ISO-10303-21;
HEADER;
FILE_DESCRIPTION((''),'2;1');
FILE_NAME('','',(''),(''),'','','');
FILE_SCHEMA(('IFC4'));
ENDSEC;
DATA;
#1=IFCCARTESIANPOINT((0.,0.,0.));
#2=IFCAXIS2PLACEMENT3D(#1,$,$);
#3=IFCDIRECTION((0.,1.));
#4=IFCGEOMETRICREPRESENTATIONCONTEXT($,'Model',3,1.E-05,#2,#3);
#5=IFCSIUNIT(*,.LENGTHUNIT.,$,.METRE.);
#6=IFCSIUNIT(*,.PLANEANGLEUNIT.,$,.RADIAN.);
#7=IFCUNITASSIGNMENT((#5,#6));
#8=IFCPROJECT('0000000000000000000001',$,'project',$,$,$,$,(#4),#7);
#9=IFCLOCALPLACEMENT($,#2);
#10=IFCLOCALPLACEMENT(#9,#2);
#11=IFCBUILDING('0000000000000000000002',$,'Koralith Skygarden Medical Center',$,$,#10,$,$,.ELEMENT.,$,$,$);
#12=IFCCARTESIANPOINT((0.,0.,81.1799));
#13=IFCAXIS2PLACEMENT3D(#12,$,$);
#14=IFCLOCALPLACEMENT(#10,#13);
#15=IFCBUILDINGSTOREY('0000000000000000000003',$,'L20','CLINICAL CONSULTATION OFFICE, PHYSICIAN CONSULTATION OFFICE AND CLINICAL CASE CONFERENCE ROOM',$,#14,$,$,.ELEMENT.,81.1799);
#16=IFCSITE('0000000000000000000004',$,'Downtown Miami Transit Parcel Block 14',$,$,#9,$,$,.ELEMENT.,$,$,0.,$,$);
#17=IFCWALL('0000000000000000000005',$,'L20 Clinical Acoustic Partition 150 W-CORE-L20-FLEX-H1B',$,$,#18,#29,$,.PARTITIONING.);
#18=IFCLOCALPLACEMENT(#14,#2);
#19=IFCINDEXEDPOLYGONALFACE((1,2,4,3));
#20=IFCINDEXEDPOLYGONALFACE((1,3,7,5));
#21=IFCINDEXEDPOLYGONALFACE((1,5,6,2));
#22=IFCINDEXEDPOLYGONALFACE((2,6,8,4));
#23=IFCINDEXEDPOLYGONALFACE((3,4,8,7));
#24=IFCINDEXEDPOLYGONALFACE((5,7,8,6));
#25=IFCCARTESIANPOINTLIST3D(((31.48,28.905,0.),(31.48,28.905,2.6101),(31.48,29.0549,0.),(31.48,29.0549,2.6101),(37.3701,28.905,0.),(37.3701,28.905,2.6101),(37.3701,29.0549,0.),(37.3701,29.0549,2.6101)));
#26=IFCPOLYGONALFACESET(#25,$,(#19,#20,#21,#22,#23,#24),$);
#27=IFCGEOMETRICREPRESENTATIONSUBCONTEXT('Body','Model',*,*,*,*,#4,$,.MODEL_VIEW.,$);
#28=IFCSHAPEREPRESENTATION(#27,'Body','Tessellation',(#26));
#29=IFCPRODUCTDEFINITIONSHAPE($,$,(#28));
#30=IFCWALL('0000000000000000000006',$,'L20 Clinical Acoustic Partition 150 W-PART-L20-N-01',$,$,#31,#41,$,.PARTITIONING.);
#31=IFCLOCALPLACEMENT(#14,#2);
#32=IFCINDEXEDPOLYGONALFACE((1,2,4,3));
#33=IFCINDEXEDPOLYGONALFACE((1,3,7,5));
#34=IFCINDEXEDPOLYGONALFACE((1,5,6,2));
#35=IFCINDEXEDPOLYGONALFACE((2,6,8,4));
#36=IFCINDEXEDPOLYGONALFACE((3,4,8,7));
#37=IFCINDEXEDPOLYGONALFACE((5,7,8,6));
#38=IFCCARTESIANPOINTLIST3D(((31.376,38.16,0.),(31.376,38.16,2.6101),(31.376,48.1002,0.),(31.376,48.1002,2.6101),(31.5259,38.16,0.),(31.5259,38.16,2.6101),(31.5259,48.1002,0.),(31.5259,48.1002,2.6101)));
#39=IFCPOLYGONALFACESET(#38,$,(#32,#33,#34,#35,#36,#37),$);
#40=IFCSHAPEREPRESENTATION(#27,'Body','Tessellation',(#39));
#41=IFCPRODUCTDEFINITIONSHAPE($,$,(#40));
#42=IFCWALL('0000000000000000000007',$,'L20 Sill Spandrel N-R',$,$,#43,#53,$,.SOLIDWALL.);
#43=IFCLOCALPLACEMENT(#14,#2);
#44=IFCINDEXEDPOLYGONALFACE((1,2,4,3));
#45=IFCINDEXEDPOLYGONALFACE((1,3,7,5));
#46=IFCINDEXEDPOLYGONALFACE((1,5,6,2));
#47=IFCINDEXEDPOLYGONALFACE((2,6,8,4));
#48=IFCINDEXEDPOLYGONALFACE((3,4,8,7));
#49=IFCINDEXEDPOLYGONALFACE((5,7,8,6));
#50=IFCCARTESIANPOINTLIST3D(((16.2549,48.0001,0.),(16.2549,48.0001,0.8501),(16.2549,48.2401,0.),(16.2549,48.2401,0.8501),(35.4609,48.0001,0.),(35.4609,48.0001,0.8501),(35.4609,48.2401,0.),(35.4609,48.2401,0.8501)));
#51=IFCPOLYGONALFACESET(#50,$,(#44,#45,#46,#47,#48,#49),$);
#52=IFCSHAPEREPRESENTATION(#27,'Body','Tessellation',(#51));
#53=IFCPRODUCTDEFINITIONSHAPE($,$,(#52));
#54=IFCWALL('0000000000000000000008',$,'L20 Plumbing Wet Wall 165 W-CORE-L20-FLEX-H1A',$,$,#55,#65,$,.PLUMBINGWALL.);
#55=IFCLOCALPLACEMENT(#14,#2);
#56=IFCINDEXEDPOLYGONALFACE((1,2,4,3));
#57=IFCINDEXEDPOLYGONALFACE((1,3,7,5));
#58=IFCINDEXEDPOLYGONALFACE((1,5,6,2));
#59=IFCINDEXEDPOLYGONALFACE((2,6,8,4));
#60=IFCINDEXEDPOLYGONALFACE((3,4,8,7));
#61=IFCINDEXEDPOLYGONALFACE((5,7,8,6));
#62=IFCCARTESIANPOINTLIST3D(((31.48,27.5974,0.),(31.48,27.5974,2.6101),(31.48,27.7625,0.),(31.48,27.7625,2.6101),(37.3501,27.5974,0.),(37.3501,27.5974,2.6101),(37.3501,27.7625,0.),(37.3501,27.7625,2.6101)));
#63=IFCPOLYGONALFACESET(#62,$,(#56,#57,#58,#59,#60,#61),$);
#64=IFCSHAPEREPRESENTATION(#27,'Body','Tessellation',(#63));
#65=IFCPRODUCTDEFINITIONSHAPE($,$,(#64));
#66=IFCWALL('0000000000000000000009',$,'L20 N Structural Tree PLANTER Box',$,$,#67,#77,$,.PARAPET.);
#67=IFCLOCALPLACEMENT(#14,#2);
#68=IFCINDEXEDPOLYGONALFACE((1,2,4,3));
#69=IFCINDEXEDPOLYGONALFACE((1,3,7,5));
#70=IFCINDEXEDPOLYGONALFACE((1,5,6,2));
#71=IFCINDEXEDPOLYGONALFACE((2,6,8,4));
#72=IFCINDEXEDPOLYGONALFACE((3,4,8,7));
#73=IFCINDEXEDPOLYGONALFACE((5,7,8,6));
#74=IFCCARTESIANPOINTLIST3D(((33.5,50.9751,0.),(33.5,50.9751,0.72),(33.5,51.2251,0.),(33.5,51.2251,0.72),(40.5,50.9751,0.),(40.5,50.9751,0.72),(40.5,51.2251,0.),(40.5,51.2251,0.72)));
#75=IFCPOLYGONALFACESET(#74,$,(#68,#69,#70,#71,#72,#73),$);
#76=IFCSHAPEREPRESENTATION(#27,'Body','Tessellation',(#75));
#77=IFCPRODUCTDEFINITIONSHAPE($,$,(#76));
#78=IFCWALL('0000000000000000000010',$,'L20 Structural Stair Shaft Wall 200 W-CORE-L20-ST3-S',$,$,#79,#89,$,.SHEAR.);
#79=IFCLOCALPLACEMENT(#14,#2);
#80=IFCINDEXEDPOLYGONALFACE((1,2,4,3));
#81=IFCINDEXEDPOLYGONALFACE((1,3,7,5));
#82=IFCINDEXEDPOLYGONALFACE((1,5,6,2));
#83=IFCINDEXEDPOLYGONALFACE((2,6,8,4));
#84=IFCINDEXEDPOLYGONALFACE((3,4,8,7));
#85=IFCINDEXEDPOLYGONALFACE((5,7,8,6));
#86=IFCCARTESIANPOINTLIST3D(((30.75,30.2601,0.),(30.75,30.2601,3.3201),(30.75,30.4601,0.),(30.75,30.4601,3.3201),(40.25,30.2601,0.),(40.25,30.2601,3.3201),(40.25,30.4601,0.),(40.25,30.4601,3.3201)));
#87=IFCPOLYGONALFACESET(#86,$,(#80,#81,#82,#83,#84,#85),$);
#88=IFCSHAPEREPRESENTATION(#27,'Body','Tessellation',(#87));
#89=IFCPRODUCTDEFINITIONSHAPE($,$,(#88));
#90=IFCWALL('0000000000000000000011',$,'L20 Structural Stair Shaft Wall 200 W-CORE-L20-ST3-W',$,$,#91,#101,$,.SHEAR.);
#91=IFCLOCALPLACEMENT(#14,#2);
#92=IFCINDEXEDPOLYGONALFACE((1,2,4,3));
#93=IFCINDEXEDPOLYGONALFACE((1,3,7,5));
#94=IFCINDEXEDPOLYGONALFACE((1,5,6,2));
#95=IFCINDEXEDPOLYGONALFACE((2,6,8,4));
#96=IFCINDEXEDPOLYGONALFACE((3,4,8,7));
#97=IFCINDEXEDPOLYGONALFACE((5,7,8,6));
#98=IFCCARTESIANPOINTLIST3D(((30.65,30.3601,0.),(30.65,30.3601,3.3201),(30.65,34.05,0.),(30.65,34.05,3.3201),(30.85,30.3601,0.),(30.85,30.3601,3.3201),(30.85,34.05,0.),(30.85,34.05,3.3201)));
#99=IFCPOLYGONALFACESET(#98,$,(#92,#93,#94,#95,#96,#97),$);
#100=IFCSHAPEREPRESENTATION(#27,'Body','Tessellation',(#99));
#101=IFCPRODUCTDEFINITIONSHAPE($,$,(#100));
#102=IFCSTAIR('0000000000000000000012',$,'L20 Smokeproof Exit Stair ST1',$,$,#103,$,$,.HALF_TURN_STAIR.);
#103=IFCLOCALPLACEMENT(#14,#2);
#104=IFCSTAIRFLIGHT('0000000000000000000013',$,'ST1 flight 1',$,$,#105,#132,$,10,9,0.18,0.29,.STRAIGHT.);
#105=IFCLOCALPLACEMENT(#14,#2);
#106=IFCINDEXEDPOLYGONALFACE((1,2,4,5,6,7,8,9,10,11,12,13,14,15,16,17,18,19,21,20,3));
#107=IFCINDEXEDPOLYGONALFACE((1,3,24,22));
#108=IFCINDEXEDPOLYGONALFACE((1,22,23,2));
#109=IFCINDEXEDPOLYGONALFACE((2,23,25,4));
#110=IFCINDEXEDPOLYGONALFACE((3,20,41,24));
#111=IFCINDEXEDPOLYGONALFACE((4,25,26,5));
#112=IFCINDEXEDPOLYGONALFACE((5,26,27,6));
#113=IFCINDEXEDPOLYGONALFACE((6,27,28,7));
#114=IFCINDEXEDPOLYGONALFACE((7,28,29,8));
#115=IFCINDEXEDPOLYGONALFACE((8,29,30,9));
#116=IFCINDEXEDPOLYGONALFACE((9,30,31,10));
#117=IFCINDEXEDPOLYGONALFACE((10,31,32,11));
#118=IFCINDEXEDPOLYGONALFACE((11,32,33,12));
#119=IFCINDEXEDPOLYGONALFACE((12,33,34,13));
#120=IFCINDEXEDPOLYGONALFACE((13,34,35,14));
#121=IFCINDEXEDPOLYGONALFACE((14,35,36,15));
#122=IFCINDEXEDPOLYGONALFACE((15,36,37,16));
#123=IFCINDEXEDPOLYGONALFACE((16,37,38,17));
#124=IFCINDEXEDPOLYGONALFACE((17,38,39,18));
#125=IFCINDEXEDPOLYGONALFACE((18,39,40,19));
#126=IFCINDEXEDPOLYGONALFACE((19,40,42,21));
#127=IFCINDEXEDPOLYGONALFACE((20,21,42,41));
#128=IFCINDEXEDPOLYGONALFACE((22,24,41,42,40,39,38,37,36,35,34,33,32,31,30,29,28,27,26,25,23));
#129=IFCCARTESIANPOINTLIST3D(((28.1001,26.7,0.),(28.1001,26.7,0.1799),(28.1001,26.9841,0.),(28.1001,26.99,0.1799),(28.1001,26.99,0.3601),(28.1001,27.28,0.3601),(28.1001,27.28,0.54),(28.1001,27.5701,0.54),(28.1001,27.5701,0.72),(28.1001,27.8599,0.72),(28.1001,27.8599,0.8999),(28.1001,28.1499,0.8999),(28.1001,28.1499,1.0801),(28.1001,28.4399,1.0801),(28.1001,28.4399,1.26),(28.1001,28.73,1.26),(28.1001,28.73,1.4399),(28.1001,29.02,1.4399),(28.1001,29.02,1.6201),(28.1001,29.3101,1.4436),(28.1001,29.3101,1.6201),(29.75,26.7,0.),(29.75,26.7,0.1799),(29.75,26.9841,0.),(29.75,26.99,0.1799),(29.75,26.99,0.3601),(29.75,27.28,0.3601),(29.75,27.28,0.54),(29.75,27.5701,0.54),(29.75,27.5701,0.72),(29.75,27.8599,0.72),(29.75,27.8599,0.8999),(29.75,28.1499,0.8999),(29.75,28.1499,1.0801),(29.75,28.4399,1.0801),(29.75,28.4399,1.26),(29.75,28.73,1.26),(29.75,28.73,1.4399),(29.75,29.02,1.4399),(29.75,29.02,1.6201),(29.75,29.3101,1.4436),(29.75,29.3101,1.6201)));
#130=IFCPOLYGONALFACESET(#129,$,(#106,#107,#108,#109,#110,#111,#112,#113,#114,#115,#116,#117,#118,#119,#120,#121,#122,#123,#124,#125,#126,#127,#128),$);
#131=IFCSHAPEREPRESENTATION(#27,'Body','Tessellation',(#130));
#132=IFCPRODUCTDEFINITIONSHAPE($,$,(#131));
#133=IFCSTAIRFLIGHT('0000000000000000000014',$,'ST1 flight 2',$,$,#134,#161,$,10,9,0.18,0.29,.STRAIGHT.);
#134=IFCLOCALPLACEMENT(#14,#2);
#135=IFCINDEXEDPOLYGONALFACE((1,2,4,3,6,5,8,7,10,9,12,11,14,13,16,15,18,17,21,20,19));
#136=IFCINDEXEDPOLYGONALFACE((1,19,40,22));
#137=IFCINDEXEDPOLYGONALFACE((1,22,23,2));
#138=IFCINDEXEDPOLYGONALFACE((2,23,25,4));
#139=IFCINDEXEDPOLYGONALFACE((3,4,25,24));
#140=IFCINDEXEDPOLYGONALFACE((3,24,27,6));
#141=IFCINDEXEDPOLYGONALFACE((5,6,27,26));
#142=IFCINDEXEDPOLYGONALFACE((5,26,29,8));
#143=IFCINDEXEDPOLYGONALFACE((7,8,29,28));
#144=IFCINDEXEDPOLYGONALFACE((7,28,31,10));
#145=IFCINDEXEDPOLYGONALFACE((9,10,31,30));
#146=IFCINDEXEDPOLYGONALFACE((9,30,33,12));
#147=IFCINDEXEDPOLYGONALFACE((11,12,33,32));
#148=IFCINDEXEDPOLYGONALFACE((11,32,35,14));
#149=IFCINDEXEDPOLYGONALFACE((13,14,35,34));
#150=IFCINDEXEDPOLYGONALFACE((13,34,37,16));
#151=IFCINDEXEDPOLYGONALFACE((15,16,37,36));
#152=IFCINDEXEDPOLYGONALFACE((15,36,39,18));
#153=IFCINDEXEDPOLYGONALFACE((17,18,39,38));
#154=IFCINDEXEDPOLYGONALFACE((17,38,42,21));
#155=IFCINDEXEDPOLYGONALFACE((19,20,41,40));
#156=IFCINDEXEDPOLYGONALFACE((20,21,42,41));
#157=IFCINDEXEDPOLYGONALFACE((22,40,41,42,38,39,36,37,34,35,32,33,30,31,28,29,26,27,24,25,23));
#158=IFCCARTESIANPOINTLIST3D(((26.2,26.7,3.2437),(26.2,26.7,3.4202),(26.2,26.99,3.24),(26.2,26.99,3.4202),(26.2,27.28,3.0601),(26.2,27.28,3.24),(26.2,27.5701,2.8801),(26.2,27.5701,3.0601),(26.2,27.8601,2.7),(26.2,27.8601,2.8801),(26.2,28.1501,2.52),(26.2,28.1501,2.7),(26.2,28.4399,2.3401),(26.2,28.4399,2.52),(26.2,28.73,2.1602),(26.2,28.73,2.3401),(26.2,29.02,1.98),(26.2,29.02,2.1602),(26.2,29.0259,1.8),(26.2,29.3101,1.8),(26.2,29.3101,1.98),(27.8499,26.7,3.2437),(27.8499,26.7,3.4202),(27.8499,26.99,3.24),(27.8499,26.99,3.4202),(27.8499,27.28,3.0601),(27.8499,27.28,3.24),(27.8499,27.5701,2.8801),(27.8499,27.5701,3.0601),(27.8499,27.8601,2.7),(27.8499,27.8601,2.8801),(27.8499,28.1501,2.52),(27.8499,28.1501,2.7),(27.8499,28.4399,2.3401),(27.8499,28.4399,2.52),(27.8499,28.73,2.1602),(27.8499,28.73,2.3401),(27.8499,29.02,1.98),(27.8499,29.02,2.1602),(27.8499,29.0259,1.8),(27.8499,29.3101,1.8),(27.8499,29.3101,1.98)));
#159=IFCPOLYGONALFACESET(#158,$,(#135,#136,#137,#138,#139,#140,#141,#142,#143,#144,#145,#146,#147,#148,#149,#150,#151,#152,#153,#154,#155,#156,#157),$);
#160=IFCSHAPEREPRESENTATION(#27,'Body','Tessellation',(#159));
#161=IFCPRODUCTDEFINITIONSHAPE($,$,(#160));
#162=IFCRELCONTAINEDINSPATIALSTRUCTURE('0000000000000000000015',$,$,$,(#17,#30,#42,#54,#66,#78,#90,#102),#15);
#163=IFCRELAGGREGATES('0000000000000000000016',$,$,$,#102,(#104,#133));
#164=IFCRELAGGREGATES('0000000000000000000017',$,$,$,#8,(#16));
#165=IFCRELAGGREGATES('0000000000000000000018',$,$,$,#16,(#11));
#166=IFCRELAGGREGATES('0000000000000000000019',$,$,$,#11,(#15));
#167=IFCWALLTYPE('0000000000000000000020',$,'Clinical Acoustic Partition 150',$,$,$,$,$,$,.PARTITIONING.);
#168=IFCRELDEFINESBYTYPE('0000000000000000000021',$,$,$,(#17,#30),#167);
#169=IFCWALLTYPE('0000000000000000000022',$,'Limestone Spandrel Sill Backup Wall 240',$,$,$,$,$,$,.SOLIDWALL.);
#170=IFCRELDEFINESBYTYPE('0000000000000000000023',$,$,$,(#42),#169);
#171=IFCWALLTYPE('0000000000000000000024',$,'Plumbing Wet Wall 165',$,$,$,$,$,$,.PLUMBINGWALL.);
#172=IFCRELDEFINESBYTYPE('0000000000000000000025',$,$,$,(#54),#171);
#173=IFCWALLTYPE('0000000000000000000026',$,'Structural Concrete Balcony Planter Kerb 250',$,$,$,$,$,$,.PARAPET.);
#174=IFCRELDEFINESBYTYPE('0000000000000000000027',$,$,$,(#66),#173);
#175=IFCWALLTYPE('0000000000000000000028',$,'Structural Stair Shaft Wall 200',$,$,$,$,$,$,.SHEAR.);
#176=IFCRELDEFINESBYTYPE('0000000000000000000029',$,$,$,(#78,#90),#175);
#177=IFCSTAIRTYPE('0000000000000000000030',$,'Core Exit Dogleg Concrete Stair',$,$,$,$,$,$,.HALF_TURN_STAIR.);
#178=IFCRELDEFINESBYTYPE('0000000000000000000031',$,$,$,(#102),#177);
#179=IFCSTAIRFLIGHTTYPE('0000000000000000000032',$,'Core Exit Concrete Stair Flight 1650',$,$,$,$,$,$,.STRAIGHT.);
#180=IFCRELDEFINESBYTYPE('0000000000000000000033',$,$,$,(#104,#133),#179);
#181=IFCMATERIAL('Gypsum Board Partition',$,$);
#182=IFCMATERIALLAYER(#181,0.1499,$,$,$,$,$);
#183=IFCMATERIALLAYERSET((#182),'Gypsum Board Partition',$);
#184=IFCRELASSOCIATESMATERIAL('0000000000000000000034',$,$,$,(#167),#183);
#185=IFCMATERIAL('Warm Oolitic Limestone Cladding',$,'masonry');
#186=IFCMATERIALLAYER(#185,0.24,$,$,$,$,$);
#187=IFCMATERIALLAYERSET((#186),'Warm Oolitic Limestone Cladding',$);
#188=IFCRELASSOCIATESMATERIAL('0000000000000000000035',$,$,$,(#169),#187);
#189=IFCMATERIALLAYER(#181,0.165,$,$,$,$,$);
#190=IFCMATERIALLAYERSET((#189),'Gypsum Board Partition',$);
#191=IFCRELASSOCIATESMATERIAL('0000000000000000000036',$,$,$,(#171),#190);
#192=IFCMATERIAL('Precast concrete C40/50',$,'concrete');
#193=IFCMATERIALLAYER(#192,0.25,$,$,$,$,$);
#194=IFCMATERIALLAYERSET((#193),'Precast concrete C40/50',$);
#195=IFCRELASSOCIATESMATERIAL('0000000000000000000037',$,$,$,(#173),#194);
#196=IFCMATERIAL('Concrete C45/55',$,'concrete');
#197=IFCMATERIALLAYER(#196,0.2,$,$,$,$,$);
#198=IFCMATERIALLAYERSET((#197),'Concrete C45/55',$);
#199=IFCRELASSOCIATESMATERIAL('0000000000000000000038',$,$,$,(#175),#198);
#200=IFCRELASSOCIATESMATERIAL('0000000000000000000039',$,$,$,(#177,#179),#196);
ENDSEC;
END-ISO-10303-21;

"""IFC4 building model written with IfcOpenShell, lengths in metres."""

from ifc_helpers import new_model, si_unit, direction, frame, frame_2d, origin, place, context, subcontext, project, spatial, polyline, rectangle, outline, extrude, material, layer, layer_set, type_object, element, aggregate, save


model = new_model("IFC4")

# Units and contexts
model_context = context("Model", 3, precision=1e-05, world=origin(), true_north=direction((0.0, 1.0)))
body_context = subcontext(model_context, "Body", "Model", "MODEL_VIEW")
ifc_project = project(units=[si_unit("LENGTHUNIT", "METRE"), si_unit("PLANEANGLEUNIT", "RADIAN")], contexts=[model_context])

# Site, building, storey
site_placement = place(None, origin())
site = spatial("IfcSite", under=ifc_project, at=site_placement, Name="Downtown Miami Transit Parcel Block 14", CompositionType="ELEMENT", RefElevation=0.0)
building_placement = place(site_placement, origin())
building = spatial("IfcBuilding", under=site, at=building_placement, Name="Koralith Skygarden Medical Center", CompositionType="ELEMENT")
storey_placement = place(building_placement, frame((0.0, 0.0, 81.1799)))
storey = spatial("IfcBuildingStorey", under=building, at=storey_placement, Name="L20", Description="CLINICAL CONSULTATION OFFICE, PHYSICIAN CONSULTATION OFFICE AND CLINICAL CASE CONFERENCE ROOM", CompositionType="ELEMENT", Elevation=81.1799)

# Shared definitions
ifc_material_1 = material(Name="Concrete C45/55", Category="concrete")

# Walls
ifc_material_2 = material(Name="Gypsum Board Partition")
ifc_layer_1 = layer(ifc_material_2, 0.1499)
ifc_layer_set_1 = layer_set([ifc_layer_1], Name="Gypsum Board Partition")
wall_type_1 = type_object("IfcWallType", Name="Clinical Acoustic Partition 150", PredefinedType="PARTITIONING", material=ifc_layer_set_1)
wall_1_placement = place(storey_placement, frame((31.48, 28.98, 0.0), z_axis=(0.0, 0.0, 1.0), x_axis=(1.0, 0.0, 0.0)))
element("IfcWall", 1, at=wall_1_placement, inside=storey, type_object=wall_type_1, Name="L20 Clinical Acoustic Partition 150 W-CORE-L20-FLEX-H1B", PredefinedType="PARTITIONING", context=body_context, shape_type="SweptSolid", body=[
    extrude(rectangle(XDim=5.8901, YDim=0.1499, at=frame_2d((2.9451, 0.0))), origin(), (0.0, 0.0, 1.0), 2.6101),
])
wall_2_placement = place(storey_placement, frame((31.4509, 38.1599, 0.0), z_axis=(0.0, 0.0, 1.0), x_axis=(0.0, 1.0, 0.0)))
element("IfcWall", 2, at=wall_2_placement, inside=storey, type_object=wall_type_1, Name="L20 Clinical Acoustic Partition 150 W-PART-L20-N-01", PredefinedType="PARTITIONING", context=body_context, shape_type="SweptSolid", body=[
    extrude(rectangle(XDim=9.9402, YDim=0.1499, at=frame_2d((4.9702, 0.0))), origin(), (0.0, 0.0, 1.0), 2.6101),
])

# Walls
ifc_material_3 = material(Name="Warm Oolitic Limestone Cladding", Category="masonry")
ifc_layer_2 = layer(ifc_material_3, 0.24)
ifc_layer_set_2 = layer_set([ifc_layer_2], Name="Warm Oolitic Limestone Cladding")
wall_type_2 = type_object("IfcWallType", Name="Limestone Spandrel Sill Backup Wall 240", PredefinedType="SOLIDWALL", material=ifc_layer_set_2)
wall_3_placement = place(storey_placement, frame((35.4609, 48.1201, 0.0), z_axis=(0.0, 0.0, 1.0), x_axis=(-1.0, 0.0, 0.0)))
element("IfcWall", 3, at=wall_3_placement, inside=storey, type_object=wall_type_2, Name="L20 Sill Spandrel N-R", PredefinedType="SOLIDWALL", context=body_context, shape_type="SweptSolid", body=[
    extrude(rectangle(XDim=19.2061, YDim=0.24, at=frame_2d((9.603, 0.0))), origin(), (0.0, 0.0, 1.0), 0.8501),
])
ifc_layer_3 = layer(ifc_material_2, 0.165)
ifc_layer_set_3 = layer_set([ifc_layer_3], Name="Gypsum Board Partition")
wall_type_3 = type_object("IfcWallType", Name="Plumbing Wet Wall 165", PredefinedType="PLUMBINGWALL", material=ifc_layer_set_3)
wall_4_placement = place(storey_placement, frame((31.48, 27.6799, 0.0), z_axis=(0.0, 0.0, 1.0), x_axis=(1.0, 0.0, 0.0)))
element("IfcWall", 4, at=wall_4_placement, inside=storey, type_object=wall_type_3, Name="L20 Plumbing Wet Wall 165 W-CORE-L20-FLEX-H1A", PredefinedType="PLUMBINGWALL", context=body_context, shape_type="SweptSolid", body=[
    extrude(rectangle(XDim=5.8701, YDim=0.165, at=frame_2d((2.9351, 0.0))), origin(), (0.0, 0.0, 1.0), 2.6101),
])
ifc_material_4 = material(Name="Precast concrete C40/50", Category="concrete")
ifc_layer_4 = layer(ifc_material_4, 0.25)
ifc_layer_set_4 = layer_set([ifc_layer_4], Name="Precast concrete C40/50")
wall_type_4 = type_object("IfcWallType", Name="Structural Concrete Balcony Planter Kerb 250", PredefinedType="PARAPET", material=ifc_layer_set_4)
wall_5_placement = place(storey_placement, frame((33.5, 51.1001, 0.0), z_axis=(0.0, 0.0, 1.0), x_axis=(1.0, 0.0, 0.0)))
element("IfcWall", 5, at=wall_5_placement, inside=storey, type_object=wall_type_4, Name="L20 N Structural Tree PLANTER Box", PredefinedType="PARAPET", context=body_context, shape_type="SweptSolid", body=[
    extrude(rectangle(XDim=7.0, YDim=0.25, at=frame_2d((3.5, 0.0))), origin(), (0.0, 0.0, 1.0), 0.72),
])
ifc_layer_5 = layer(ifc_material_1, 0.2)
ifc_layer_set_5 = layer_set([ifc_layer_5], Name="Concrete C45/55")
wall_type_5 = type_object("IfcWallType", Name="Structural Stair Shaft Wall 200", PredefinedType="SHEAR", material=ifc_layer_set_5)
wall_6_placement = place(storey_placement, frame((30.75, 30.3601, 0.0), z_axis=(0.0, 0.0, 1.0), x_axis=(1.0, 0.0, 0.0)))
element("IfcWall", 6, at=wall_6_placement, inside=storey, type_object=wall_type_5, Name="L20 Structural Stair Shaft Wall 200 W-CORE-L20-ST3-S", PredefinedType="SHEAR", context=body_context, shape_type="SweptSolid", body=[
    extrude(rectangle(XDim=9.5, YDim=0.2, at=frame_2d((4.75, 0.0))), origin(), (0.0, 0.0, 1.0), 3.3201),
])
wall_7_placement = place(storey_placement, frame((30.75, 30.3601, 0.0), z_axis=(0.0, 0.0, 1.0), x_axis=(0.0, 1.0, 0.0)))
element("IfcWall", 7, at=wall_7_placement, inside=storey, type_object=wall_type_5, Name="L20 Structural Stair Shaft Wall 200 W-CORE-L20-ST3-W", PredefinedType="SHEAR", context=body_context, shape_type="SweptSolid", body=[
    extrude(rectangle(XDim=3.6899, YDim=0.2, at=frame_2d((1.845, 0.0))), origin(), (0.0, 0.0, 1.0), 3.3201),
])

# Stair, stair flights
stair_type = type_object("IfcStairType", Name="Core Exit Dogleg Concrete Stair", PredefinedType="HALF_TURN_STAIR", material=ifc_material_1)
stair_1_placement = place(storey_placement, origin())
stair_1 = element("IfcStair", 8, at=stair_1_placement, inside=storey, type_object=stair_type, Name="L20 Smokeproof Exit Stair ST1", PredefinedType="HALF_TURN_STAIR")
stair_flight_type = type_object("IfcStairFlightType", Name="Core Exit Concrete Stair Flight 1650", PredefinedType="STRAIGHT", material=ifc_material_1)
stair_flight_1_placement = place(storey_placement, frame((28.925, 26.7, 0.0), z_axis=(0.0, 0.0, 1.0), x_axis=(0.0, 1.0, 0.0)))
stair_flight_1 = element("IfcStairFlight", 9, at=stair_flight_1_placement, type_object=stair_flight_type, Name="ST1 flight 1", NumberOfRisers=10, NumberOfTreads=9, PredefinedType="STRAIGHT", RiserHeight=0.18, TreadLength=0.29, context=body_context, shape_type="SweptSolid", body=[
    extrude(outline(polyline([(0.0, 0.0), (0.0, 0.1799), (0.29, 0.1799), (0.29, 0.3601), (0.5801, 0.3601), (0.5801, 0.54), (0.8701, 0.54), (0.8701, 0.72), (1.1599, 0.72), (1.1599, 0.8999), (1.45, 0.8999), (1.45, 1.0801), (1.74, 1.0801), (1.74, 1.26), (2.03, 1.26), (2.03, 1.4399), (2.3201, 1.4399), (2.3201, 1.6201), (2.6101, 1.6201), (2.6101, 1.8), (2.6101, 1.4436), (0.2842, 0.0), (0.0, 0.0)])), frame((0.0, 0.825, 0.0), z_axis=(0.0, -1.0, 0.0), x_axis=(1.0, 0.0, 0.0)), (0.0, 0.0, 1.0), 1.6499),
])
stair_flight_2_placement = place(storey_placement, frame((27.0249, 29.3101, 1.8), z_axis=(0.0, 0.0, 1.0), x_axis=(0.0, -1.0, 0.0)))
stair_flight_2 = element("IfcStairFlight", 10, at=stair_flight_2_placement, type_object=stair_flight_type, Name="ST1 flight 2", NumberOfRisers=10, NumberOfTreads=9, PredefinedType="STRAIGHT", RiserHeight=0.18, TreadLength=0.29, context=body_context, shape_type="SweptSolid", body=[
    extrude(outline(polyline([(0.0, 0.0), (0.0, 0.1799), (0.29, 0.1799), (0.29, 0.3601), (0.5801, 0.3601), (0.5801, 0.54), (0.8701, 0.54), (0.8701, 0.72), (1.1599, 0.72), (1.1599, 0.8999), (1.45, 0.8999), (1.45, 1.0801), (1.74, 1.0801), (1.74, 1.26), (2.03, 1.26), (2.03, 1.4399), (2.3201, 1.4399), (2.3201, 1.6201), (2.6101, 1.6201), (2.6101, 1.8), (2.6101, 1.4436), (0.2842, 0.0), (0.0, 0.0)])), frame((0.0, 0.825, 0.0), z_axis=(0.0, -1.0, 0.0), x_axis=(1.0, 0.0, 0.0)), (0.0, 0.0, 1.0), 1.6499),
])
aggregate(stair_1, [stair_flight_1, stair_flight_2])

save(model, "model.ifc")
